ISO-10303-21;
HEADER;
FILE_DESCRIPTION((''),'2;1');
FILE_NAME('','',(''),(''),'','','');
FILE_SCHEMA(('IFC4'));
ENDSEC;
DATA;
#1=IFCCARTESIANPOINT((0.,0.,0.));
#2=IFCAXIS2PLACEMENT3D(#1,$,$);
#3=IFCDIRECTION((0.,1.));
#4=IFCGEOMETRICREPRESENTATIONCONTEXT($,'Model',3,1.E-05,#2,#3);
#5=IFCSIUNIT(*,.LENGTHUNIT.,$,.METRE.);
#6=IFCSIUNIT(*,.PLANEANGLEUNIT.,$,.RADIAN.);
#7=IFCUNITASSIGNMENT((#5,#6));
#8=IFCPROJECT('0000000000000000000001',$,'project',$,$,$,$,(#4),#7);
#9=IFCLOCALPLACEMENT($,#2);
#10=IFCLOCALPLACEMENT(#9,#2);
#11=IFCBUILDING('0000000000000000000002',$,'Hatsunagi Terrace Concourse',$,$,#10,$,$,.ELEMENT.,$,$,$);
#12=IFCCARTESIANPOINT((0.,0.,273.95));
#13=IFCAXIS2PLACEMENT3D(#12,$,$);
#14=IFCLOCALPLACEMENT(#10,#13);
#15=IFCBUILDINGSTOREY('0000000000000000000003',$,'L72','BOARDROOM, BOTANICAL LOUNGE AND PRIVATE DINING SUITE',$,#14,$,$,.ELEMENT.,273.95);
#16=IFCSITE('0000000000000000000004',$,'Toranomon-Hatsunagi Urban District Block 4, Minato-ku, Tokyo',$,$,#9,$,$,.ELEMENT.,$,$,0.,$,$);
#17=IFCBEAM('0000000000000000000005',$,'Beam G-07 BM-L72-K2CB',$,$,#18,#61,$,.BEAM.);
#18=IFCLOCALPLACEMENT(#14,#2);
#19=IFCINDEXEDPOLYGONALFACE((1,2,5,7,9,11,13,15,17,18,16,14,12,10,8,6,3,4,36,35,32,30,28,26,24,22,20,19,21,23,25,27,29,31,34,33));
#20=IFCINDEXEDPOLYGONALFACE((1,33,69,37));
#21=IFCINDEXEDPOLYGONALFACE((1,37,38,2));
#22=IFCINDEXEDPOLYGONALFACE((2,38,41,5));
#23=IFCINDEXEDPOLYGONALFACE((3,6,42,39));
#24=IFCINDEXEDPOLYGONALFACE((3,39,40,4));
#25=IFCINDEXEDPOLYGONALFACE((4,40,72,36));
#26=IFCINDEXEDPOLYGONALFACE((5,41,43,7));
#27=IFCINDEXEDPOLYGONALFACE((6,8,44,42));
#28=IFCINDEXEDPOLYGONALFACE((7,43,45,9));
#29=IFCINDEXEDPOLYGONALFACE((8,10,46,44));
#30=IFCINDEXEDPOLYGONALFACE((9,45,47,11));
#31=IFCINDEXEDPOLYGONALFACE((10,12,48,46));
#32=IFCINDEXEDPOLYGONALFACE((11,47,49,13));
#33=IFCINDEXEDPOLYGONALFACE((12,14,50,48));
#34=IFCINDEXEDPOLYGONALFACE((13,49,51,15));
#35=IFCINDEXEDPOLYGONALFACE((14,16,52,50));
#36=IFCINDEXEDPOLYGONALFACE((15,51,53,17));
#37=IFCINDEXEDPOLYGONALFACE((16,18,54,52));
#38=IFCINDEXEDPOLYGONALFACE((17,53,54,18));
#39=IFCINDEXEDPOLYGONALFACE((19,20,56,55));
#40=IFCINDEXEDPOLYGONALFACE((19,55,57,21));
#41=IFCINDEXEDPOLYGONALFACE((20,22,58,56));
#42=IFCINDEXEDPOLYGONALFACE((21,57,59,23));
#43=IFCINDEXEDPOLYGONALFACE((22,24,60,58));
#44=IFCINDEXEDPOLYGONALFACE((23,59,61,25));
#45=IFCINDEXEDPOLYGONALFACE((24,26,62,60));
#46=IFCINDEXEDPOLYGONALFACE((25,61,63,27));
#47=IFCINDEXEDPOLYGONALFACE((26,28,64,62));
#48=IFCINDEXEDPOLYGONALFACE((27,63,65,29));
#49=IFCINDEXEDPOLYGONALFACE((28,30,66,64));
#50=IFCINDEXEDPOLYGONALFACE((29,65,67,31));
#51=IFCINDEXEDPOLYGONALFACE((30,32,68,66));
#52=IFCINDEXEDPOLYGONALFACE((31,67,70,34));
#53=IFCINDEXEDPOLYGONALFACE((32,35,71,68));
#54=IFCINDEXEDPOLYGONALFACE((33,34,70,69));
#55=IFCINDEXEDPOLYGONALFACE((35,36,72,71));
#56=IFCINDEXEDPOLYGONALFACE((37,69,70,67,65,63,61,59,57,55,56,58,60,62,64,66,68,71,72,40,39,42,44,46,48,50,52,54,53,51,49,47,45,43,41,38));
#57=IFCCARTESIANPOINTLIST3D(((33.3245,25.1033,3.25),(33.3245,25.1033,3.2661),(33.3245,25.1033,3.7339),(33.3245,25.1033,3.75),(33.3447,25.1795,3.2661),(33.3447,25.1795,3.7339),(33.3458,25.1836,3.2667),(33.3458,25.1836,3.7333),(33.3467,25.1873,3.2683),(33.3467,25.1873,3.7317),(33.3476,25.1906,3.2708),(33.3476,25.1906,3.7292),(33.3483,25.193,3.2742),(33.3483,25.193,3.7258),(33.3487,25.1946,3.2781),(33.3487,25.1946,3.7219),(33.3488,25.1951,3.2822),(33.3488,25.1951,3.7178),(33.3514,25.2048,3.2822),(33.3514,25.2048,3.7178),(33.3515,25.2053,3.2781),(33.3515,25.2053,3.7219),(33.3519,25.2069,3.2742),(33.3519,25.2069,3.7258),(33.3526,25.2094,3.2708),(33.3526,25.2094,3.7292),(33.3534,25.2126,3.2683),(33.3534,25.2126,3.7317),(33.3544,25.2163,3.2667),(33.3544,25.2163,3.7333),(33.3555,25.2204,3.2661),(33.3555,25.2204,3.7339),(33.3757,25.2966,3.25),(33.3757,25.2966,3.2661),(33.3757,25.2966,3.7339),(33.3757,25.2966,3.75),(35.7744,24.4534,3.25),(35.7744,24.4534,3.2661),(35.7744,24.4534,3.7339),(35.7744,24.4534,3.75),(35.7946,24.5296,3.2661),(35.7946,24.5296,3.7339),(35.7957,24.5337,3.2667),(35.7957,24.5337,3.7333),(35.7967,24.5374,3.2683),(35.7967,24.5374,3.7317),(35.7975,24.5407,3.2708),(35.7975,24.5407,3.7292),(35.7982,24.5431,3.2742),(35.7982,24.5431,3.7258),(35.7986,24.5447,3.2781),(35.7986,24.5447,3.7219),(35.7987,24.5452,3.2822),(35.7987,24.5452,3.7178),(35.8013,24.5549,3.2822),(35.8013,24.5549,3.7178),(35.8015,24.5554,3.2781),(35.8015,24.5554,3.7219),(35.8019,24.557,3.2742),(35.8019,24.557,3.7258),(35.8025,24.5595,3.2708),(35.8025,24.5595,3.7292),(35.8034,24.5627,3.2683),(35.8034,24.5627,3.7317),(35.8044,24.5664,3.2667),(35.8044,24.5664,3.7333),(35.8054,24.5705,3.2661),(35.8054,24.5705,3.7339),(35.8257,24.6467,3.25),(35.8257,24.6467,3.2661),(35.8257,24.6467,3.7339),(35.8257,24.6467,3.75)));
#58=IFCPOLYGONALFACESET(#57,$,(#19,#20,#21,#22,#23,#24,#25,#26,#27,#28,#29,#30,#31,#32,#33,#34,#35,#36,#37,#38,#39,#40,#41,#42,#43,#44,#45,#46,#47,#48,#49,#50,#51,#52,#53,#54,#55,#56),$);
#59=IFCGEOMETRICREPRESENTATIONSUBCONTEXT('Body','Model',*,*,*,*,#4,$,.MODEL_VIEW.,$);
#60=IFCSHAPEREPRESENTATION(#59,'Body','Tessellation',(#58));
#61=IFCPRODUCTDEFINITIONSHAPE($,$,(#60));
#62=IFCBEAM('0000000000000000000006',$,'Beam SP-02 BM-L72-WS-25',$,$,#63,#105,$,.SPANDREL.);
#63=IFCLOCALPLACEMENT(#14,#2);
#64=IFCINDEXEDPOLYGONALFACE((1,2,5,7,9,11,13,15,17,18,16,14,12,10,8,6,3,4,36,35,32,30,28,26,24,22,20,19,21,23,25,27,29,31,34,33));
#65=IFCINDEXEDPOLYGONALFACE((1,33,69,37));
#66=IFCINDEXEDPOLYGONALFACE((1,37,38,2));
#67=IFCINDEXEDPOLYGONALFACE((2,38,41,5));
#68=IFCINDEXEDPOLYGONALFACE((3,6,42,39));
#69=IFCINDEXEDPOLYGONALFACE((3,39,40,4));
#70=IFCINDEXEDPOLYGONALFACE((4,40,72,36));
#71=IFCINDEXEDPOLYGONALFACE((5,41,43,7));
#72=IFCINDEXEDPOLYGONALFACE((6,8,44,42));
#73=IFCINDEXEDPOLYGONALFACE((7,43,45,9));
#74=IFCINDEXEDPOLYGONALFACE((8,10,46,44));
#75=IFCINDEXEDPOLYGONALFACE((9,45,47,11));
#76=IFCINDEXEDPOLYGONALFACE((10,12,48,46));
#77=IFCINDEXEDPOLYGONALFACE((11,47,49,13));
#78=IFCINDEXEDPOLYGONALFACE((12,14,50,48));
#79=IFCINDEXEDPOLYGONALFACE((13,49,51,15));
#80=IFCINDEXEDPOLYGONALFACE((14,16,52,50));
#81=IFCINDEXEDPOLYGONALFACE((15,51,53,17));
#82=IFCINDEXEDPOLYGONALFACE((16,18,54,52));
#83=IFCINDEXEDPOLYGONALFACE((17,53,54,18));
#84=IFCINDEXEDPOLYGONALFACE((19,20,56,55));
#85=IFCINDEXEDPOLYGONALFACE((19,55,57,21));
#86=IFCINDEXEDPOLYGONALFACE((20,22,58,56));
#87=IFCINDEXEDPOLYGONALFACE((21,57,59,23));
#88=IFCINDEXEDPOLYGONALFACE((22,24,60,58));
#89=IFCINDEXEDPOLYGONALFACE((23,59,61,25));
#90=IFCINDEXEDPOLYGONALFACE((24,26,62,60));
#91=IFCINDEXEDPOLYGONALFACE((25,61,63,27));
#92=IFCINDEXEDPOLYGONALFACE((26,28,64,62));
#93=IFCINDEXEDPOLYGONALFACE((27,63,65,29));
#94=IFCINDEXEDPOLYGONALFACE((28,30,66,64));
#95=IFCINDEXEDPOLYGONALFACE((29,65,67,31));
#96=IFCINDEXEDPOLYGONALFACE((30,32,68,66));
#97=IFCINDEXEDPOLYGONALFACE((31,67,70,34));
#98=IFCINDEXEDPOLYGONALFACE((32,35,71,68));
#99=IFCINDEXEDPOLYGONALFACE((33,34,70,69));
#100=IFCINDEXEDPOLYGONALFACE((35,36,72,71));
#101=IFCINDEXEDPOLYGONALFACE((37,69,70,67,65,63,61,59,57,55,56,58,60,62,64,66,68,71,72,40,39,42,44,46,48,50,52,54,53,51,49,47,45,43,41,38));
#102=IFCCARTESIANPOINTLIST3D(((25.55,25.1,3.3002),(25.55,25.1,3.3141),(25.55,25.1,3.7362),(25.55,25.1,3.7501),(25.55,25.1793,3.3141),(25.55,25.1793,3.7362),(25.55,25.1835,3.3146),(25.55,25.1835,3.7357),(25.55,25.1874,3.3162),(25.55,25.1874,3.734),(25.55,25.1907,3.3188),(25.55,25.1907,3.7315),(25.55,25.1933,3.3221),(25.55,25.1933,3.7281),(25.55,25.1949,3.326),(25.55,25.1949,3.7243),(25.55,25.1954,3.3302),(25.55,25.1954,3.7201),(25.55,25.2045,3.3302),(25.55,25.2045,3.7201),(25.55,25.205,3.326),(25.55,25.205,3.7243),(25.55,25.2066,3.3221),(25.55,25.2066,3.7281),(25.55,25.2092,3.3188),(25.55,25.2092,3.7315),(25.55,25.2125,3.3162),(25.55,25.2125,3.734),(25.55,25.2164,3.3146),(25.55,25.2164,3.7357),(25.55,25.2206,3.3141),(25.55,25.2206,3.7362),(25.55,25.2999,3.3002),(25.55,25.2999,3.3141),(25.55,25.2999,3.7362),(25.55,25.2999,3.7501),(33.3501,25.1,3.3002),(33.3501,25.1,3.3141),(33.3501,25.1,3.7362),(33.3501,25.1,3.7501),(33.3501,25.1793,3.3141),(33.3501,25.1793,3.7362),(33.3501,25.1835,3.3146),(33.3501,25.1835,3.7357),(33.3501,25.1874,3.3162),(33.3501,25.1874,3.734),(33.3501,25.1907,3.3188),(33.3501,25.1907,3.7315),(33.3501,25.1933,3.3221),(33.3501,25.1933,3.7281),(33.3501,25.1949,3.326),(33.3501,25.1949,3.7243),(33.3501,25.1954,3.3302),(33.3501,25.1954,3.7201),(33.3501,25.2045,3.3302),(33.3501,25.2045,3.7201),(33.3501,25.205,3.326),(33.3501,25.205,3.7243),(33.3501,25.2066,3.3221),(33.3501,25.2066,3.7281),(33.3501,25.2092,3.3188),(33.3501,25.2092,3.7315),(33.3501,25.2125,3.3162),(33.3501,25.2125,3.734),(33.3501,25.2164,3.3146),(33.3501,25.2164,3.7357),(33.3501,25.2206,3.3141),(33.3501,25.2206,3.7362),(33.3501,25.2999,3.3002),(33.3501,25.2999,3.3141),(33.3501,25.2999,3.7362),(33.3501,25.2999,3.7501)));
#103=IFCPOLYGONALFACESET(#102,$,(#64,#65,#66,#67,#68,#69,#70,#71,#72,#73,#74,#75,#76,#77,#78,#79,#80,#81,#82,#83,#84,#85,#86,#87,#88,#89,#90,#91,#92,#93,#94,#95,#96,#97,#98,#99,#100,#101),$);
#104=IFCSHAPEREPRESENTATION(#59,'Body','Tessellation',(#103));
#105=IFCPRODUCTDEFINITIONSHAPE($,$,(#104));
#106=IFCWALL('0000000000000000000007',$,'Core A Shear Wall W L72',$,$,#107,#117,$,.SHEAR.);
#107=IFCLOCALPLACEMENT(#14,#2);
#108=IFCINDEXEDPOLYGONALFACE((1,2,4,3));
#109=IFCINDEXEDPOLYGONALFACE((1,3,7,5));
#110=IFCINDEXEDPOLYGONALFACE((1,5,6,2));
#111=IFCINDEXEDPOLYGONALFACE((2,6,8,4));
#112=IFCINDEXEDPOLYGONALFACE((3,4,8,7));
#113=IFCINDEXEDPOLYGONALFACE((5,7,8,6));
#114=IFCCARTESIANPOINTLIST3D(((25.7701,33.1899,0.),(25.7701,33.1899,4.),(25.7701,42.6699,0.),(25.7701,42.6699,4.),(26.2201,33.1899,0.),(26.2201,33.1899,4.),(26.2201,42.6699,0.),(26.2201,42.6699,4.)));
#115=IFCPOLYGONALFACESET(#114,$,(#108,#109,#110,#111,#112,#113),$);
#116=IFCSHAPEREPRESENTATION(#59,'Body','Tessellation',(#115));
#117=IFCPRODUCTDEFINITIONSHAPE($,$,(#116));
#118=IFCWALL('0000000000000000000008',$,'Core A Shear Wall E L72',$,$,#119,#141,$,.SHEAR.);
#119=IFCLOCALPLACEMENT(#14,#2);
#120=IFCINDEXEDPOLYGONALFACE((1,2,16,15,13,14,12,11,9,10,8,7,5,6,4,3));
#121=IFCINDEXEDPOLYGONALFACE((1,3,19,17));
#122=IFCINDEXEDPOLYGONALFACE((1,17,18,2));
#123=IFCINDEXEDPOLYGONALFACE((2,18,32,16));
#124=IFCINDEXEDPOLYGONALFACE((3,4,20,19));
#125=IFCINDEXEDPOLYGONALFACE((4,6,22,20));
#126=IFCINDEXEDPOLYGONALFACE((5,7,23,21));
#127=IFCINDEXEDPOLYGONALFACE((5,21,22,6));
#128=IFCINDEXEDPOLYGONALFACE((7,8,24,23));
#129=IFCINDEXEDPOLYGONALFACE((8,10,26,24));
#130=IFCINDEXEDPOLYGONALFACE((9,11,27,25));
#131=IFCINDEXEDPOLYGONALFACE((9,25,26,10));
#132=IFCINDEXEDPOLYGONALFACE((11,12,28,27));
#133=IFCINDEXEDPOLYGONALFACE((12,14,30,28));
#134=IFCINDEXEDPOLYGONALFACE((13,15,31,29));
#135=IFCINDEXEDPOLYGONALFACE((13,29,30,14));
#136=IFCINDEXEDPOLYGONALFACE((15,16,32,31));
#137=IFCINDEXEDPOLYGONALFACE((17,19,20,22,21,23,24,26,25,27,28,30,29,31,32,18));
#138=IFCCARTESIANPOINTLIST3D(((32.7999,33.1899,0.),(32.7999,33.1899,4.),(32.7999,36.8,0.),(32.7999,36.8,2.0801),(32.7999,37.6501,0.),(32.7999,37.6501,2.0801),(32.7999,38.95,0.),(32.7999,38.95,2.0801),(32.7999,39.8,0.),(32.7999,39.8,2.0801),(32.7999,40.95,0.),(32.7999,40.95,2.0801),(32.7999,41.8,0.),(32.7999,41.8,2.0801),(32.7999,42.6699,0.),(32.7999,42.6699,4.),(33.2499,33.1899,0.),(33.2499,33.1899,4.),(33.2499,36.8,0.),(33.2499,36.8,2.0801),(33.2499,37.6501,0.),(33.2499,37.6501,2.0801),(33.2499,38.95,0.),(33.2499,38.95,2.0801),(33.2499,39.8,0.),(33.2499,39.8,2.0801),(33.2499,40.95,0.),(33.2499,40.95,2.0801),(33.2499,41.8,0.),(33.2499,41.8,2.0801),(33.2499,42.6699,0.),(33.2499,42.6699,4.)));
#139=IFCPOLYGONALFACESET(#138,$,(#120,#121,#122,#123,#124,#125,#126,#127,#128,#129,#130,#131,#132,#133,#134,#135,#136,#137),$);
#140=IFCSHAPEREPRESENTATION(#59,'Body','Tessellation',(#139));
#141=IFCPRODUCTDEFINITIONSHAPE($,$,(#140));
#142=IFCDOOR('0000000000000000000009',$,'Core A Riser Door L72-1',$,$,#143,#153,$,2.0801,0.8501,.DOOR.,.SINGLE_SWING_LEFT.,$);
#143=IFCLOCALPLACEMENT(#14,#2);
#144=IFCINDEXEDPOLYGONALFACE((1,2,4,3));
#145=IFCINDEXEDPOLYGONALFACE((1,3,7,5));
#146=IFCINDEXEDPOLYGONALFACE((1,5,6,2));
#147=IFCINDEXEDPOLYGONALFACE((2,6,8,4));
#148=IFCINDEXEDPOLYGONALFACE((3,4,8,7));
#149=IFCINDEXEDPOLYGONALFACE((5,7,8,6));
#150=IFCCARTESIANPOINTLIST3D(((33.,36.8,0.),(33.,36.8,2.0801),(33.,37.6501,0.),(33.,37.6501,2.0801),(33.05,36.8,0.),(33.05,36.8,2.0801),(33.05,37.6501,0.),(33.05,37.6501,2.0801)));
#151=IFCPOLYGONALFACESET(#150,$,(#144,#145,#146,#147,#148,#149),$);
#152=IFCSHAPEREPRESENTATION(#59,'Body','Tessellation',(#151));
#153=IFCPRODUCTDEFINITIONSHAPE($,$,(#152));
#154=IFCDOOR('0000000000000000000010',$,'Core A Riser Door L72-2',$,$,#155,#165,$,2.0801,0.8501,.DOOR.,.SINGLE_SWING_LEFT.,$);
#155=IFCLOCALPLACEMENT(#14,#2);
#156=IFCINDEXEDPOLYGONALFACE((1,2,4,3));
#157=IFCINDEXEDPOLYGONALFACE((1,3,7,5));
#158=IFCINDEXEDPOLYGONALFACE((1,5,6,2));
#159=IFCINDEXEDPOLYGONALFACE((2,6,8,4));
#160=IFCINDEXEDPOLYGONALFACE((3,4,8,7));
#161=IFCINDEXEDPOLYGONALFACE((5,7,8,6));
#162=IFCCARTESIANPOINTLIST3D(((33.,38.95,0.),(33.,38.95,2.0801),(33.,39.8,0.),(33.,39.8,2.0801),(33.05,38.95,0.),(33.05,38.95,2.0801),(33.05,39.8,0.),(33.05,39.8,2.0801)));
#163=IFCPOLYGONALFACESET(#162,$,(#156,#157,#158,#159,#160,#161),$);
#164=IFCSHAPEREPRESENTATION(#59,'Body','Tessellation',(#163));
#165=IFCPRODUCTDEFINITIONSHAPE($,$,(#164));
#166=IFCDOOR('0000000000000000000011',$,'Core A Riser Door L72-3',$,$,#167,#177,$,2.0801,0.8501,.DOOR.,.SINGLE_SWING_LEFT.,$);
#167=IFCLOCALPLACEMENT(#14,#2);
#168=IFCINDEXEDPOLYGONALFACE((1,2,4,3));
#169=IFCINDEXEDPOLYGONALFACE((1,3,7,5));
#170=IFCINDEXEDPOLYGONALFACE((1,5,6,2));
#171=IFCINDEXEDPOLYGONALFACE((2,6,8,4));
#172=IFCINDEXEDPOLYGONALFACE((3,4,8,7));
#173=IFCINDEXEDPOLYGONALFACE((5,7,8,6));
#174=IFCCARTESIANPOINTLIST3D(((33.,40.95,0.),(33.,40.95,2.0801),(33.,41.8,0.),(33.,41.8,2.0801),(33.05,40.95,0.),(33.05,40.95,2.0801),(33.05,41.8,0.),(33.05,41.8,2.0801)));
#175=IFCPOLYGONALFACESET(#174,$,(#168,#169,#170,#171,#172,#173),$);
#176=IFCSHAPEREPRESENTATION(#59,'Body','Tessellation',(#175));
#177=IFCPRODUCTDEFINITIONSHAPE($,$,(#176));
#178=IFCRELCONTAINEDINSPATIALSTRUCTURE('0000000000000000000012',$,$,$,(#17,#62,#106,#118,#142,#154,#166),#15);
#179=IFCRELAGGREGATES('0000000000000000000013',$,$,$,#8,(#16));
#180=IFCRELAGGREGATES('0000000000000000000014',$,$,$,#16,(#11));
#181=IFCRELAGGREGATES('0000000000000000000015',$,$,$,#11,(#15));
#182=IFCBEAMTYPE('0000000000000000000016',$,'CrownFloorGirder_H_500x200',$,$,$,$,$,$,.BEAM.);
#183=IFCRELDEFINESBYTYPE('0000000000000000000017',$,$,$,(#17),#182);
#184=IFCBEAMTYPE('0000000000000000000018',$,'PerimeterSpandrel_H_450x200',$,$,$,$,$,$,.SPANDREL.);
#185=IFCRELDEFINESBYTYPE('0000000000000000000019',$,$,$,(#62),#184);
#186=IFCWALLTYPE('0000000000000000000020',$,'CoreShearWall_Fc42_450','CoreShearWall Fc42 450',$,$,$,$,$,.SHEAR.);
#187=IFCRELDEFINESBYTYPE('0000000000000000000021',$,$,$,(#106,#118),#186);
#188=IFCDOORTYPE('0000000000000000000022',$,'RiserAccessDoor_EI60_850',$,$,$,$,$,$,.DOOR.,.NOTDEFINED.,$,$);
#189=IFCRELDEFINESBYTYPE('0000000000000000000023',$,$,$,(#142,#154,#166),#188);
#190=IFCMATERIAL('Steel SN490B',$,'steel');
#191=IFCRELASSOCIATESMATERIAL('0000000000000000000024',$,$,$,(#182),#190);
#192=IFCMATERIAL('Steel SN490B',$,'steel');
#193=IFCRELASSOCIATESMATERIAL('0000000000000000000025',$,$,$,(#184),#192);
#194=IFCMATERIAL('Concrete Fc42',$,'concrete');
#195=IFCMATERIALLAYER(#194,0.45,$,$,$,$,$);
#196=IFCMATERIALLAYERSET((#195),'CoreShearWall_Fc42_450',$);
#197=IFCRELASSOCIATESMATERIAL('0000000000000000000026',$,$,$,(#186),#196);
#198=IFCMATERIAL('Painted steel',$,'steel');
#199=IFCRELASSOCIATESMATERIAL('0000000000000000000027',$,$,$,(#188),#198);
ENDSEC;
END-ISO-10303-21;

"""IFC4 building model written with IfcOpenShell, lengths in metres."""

from ifc_helpers import new_model, si_unit, direction, frame, frame_2d, origin, origin_2d, place, context, subcontext, project, spatial, rectangle, i_section, extrude, material, layer, layer_set, material_profile, profile_set, type_object, element, fill, save


model = new_model("IFC4")

# Units and contexts
model_context = context("Model", 3, precision=1e-05, world=origin(), true_north=direction((0.0, 1.0)))
body_context = subcontext(model_context, "Body", "Model", "MODEL_VIEW")
ifc_project = project(units=[si_unit("LENGTHUNIT", "METRE"), si_unit("PLANEANGLEUNIT", "RADIAN")], contexts=[model_context])

# Site, building, storey
site_placement = place(None, origin())
site = spatial("IfcSite", under=ifc_project, at=site_placement, Name="Toranomon-Hatsunagi Urban District Block 4, Minato-ku, Tokyo", CompositionType="ELEMENT", RefElevation=0.0)
building_placement = place(site_placement, origin())
building = spatial("IfcBuilding", under=site, at=building_placement, Name="Hatsunagi Terrace Concourse", CompositionType="ELEMENT")
storey_placement = place(building_placement, frame((0.0, 0.0, 273.95)))
storey = spatial("IfcBuildingStorey", under=building, at=storey_placement, Name="L72", Description="BOARDROOM, BOTANICAL LOUNGE AND PRIVATE DINING SUITE", CompositionType="ELEMENT", Elevation=273.95)

# Beams
ifc_material_1 = material(Name="Steel SN490B", Category="steel")
ifc_material_profile_1 = material_profile(ifc_material_1, i_section(OverallWidth=0.2, OverallDepth=0.5, WebThickness=0.01, FlangeThickness=0.0161, FilletRadius=0.0161, at=origin_2d()), Name="H-500x200x10x16")
ifc_profile_set_1 = profile_set([ifc_material_profile_1], Name="Steel SN490B")
beam_type_1 = type_object("IfcBeamType", Name="CrownFloorGirder_H_500x200", PredefinedType="BEAM", material=ifc_profile_set_1)
beam_1_placement = place(storey_placement, frame((33.3501, 25.2, 3.5), z_axis=(0.96657, -0.256403, 0.0), x_axis=(0.256403, 0.96657, 0.0)))
element("IfcBeam", 1, at=beam_1_placement, inside=storey, type_object=beam_type_1, Name="Beam G-07 BM-L72-K2CB", PredefinedType="BEAM", context=body_context, shape_type="SweptSolid", body=[
    extrude(i_section(OverallWidth=0.2, OverallDepth=0.5, WebThickness=0.01, FlangeThickness=0.0161, FilletRadius=0.0161, at=origin_2d()), origin(), (0.0, 0.0, 1.0), 2.5347),
])
ifc_material_2 = material(Name="Steel SN490B", Category="steel")
ifc_material_profile_2 = material_profile(ifc_material_2, i_section(OverallWidth=0.2, OverallDepth=0.45, WebThickness=0.009, FlangeThickness=0.0139, FilletRadius=0.0161, at=origin_2d()), Name="H-450x200x9x14")
ifc_profile_set_2 = profile_set([ifc_material_profile_2], Name="Steel SN490B")
beam_type_2 = type_object("IfcBeamType", Name="PerimeterSpandrel_H_450x200", PredefinedType="SPANDREL", material=ifc_profile_set_2)
beam_2_placement = place(storey_placement, frame((25.55, 25.2, 3.5251), z_axis=(1.0, 0.0, 0.0), x_axis=(0.0, 1.0, 0.0)))
element("IfcBeam", 2, at=beam_2_placement, inside=storey, type_object=beam_type_2, Name="Beam SP-02 BM-L72-WS-25", PredefinedType="SPANDREL", context=body_context, shape_type="SweptSolid", body=[
    extrude(i_section(OverallWidth=0.2, OverallDepth=0.45, WebThickness=0.009, FlangeThickness=0.0139, FilletRadius=0.0161, at=origin_2d()), origin(), (0.0, 0.0, 1.0), 7.8),
])

# Shared definitions
ifc_material_3 = material(Name="Concrete Fc42", Category="concrete")
ifc_layer_1 = layer(ifc_material_3, 0.45)
ifc_layer_set_1 = layer_set([ifc_layer_1], Name="CoreShearWall_Fc42_450")
wall_type_1 = type_object("IfcWallType", Name="CoreShearWall_Fc42_450", Description="CoreShearWall Fc42 450", PredefinedType="SHEAR", material=ifc_layer_set_1)

# Wall
wall_1_placement = place(storey_placement, frame((25.9951, 33.1899, 0.0), z_axis=(0.0, 0.0, 1.0), x_axis=(0.0, 1.0, 0.0)))
element("IfcWall", 3, at=wall_1_placement, inside=storey, type_object=wall_type_1, Name="Core A Shear Wall W L72", PredefinedType="SHEAR", context=body_context, shape_type="SweptSolid", body=[
    extrude(rectangle(XDim=9.48, YDim=0.45, at=frame_2d((4.74, 0.0))), origin(), (0.0, 0.0, 1.0), 4.0),
])

# Wall, openings, doors
wall_2_placement = place(storey_placement, frame((33.0249, 33.1899, 0.0), z_axis=(0.0, 0.0, 1.0), x_axis=(0.0, 1.0, 0.0)))
wall_2 = element("IfcWall", 4, at=wall_2_placement, inside=storey, type_object=wall_type_1, Name="Core A Shear Wall E L72", PredefinedType="SHEAR", context=body_context, shape_type="SweptSolid", body=[
    extrude(rectangle(XDim=9.48, YDim=0.45, at=frame_2d((4.74, 0.0))), origin(), (0.0, 0.0, 1.0), 4.0),
])
opening_1_placement = place(wall_2_placement, frame((3.6101, 0.0, 0.0)))
opening_1 = element("IfcOpeningElement", 5, at=opening_1_placement, cuts=wall_2, PredefinedType="OPENING", context=body_context, shape_type="SweptSolid", body=[
    extrude(rectangle(XDim=0.8501, YDim=2.0801, at=frame_2d((0.425, 1.04))), frame((0.0, 0.2349, 0.0), z_axis=(0.0, -1.0, 0.0), x_axis=(1.0, 0.0, 0.0)), (0.0, 0.0, 1.0), 0.47),
])
opening_2_placement = place(wall_2_placement, frame((5.76, 0.0, 0.0)))
opening_2 = element("IfcOpeningElement", 6, at=opening_2_placement, cuts=wall_2, PredefinedType="OPENING", context=body_context, shape_type="SweptSolid", body=[
    extrude(rectangle(XDim=0.8501, YDim=2.0801, at=frame_2d((0.425, 1.04))), frame((0.0, 0.2349, 0.0), z_axis=(0.0, -1.0, 0.0), x_axis=(1.0, 0.0, 0.0)), (0.0, 0.0, 1.0), 0.47),
])
opening_3_placement = place(wall_2_placement, frame((7.76, 0.0, 0.0)))
opening_3 = element("IfcOpeningElement", 7, at=opening_3_placement, cuts=wall_2, PredefinedType="OPENING", context=body_context, shape_type="SweptSolid", body=[
    extrude(rectangle(XDim=0.8501, YDim=2.0801, at=frame_2d((0.425, 1.04))), frame((0.0, 0.2349, 0.0), z_axis=(0.0, -1.0, 0.0), x_axis=(1.0, 0.0, 0.0)), (0.0, 0.0, 1.0), 0.47),
])
ifc_material_4 = material(Name="Painted steel", Category="steel")
door_type_1 = type_object("IfcDoorType", Name="RiserAccessDoor_EI60_850", OperationType="NOTDEFINED", PredefinedType="DOOR", material=ifc_material_4)
door_1_placement = place(opening_1_placement, origin())
door_1 = element("IfcDoor", 8, at=door_1_placement, inside=storey, type_object=door_type_1, Name="Core A Riser Door L72-1", OperationType="SINGLE_SWING_LEFT", OverallHeight=2.0801, OverallWidth=0.8501, PredefinedType="DOOR", context=body_context, shape_type="SweptSolid", body=[
    extrude(rectangle(XDim=0.8501, YDim=2.0801, at=frame_2d((0.425, 1.04))), frame((0.0, 0.0249, 0.0), z_axis=(0.0, -1.0, 0.0), x_axis=(1.0, 0.0, 0.0)), (0.0, 0.0, 1.0), 0.05),
])
fill(opening_1, door_1)
door_2_placement = place(opening_2_placement, origin())
door_2 = element("IfcDoor", 9, at=door_2_placement, inside=storey, type_object=door_type_1, Name="Core A Riser Door L72-2", OperationType="SINGLE_SWING_LEFT", OverallHeight=2.0801, OverallWidth=0.8501, PredefinedType="DOOR", context=body_context, shape_type="SweptSolid", body=[
    extrude(rectangle(XDim=0.8501, YDim=2.0801, at=frame_2d((0.425, 1.04))), frame((0.0, 0.0249, 0.0), z_axis=(0.0, -1.0, 0.0), x_axis=(1.0, 0.0, 0.0)), (0.0, 0.0, 1.0), 0.05),
])
fill(opening_2, door_2)
door_3_placement = place(opening_3_placement, origin())
door_3 = element("IfcDoor", 10, at=door_3_placement, inside=storey, type_object=door_type_1, Name="Core A Riser Door L72-3", OperationType="SINGLE_SWING_LEFT", OverallHeight=2.0801, OverallWidth=0.8501, PredefinedType="DOOR", context=body_context, shape_type="SweptSolid", body=[
    extrude(rectangle(XDim=0.8501, YDim=2.0801, at=frame_2d((0.425, 1.04))), frame((0.0, 0.0249, 0.0), z_axis=(0.0, -1.0, 0.0), x_axis=(1.0, 0.0, 0.0)), (0.0, 0.0, 1.0), 0.05),
])
fill(opening_3, door_3)

save(model, "model.ifc")
